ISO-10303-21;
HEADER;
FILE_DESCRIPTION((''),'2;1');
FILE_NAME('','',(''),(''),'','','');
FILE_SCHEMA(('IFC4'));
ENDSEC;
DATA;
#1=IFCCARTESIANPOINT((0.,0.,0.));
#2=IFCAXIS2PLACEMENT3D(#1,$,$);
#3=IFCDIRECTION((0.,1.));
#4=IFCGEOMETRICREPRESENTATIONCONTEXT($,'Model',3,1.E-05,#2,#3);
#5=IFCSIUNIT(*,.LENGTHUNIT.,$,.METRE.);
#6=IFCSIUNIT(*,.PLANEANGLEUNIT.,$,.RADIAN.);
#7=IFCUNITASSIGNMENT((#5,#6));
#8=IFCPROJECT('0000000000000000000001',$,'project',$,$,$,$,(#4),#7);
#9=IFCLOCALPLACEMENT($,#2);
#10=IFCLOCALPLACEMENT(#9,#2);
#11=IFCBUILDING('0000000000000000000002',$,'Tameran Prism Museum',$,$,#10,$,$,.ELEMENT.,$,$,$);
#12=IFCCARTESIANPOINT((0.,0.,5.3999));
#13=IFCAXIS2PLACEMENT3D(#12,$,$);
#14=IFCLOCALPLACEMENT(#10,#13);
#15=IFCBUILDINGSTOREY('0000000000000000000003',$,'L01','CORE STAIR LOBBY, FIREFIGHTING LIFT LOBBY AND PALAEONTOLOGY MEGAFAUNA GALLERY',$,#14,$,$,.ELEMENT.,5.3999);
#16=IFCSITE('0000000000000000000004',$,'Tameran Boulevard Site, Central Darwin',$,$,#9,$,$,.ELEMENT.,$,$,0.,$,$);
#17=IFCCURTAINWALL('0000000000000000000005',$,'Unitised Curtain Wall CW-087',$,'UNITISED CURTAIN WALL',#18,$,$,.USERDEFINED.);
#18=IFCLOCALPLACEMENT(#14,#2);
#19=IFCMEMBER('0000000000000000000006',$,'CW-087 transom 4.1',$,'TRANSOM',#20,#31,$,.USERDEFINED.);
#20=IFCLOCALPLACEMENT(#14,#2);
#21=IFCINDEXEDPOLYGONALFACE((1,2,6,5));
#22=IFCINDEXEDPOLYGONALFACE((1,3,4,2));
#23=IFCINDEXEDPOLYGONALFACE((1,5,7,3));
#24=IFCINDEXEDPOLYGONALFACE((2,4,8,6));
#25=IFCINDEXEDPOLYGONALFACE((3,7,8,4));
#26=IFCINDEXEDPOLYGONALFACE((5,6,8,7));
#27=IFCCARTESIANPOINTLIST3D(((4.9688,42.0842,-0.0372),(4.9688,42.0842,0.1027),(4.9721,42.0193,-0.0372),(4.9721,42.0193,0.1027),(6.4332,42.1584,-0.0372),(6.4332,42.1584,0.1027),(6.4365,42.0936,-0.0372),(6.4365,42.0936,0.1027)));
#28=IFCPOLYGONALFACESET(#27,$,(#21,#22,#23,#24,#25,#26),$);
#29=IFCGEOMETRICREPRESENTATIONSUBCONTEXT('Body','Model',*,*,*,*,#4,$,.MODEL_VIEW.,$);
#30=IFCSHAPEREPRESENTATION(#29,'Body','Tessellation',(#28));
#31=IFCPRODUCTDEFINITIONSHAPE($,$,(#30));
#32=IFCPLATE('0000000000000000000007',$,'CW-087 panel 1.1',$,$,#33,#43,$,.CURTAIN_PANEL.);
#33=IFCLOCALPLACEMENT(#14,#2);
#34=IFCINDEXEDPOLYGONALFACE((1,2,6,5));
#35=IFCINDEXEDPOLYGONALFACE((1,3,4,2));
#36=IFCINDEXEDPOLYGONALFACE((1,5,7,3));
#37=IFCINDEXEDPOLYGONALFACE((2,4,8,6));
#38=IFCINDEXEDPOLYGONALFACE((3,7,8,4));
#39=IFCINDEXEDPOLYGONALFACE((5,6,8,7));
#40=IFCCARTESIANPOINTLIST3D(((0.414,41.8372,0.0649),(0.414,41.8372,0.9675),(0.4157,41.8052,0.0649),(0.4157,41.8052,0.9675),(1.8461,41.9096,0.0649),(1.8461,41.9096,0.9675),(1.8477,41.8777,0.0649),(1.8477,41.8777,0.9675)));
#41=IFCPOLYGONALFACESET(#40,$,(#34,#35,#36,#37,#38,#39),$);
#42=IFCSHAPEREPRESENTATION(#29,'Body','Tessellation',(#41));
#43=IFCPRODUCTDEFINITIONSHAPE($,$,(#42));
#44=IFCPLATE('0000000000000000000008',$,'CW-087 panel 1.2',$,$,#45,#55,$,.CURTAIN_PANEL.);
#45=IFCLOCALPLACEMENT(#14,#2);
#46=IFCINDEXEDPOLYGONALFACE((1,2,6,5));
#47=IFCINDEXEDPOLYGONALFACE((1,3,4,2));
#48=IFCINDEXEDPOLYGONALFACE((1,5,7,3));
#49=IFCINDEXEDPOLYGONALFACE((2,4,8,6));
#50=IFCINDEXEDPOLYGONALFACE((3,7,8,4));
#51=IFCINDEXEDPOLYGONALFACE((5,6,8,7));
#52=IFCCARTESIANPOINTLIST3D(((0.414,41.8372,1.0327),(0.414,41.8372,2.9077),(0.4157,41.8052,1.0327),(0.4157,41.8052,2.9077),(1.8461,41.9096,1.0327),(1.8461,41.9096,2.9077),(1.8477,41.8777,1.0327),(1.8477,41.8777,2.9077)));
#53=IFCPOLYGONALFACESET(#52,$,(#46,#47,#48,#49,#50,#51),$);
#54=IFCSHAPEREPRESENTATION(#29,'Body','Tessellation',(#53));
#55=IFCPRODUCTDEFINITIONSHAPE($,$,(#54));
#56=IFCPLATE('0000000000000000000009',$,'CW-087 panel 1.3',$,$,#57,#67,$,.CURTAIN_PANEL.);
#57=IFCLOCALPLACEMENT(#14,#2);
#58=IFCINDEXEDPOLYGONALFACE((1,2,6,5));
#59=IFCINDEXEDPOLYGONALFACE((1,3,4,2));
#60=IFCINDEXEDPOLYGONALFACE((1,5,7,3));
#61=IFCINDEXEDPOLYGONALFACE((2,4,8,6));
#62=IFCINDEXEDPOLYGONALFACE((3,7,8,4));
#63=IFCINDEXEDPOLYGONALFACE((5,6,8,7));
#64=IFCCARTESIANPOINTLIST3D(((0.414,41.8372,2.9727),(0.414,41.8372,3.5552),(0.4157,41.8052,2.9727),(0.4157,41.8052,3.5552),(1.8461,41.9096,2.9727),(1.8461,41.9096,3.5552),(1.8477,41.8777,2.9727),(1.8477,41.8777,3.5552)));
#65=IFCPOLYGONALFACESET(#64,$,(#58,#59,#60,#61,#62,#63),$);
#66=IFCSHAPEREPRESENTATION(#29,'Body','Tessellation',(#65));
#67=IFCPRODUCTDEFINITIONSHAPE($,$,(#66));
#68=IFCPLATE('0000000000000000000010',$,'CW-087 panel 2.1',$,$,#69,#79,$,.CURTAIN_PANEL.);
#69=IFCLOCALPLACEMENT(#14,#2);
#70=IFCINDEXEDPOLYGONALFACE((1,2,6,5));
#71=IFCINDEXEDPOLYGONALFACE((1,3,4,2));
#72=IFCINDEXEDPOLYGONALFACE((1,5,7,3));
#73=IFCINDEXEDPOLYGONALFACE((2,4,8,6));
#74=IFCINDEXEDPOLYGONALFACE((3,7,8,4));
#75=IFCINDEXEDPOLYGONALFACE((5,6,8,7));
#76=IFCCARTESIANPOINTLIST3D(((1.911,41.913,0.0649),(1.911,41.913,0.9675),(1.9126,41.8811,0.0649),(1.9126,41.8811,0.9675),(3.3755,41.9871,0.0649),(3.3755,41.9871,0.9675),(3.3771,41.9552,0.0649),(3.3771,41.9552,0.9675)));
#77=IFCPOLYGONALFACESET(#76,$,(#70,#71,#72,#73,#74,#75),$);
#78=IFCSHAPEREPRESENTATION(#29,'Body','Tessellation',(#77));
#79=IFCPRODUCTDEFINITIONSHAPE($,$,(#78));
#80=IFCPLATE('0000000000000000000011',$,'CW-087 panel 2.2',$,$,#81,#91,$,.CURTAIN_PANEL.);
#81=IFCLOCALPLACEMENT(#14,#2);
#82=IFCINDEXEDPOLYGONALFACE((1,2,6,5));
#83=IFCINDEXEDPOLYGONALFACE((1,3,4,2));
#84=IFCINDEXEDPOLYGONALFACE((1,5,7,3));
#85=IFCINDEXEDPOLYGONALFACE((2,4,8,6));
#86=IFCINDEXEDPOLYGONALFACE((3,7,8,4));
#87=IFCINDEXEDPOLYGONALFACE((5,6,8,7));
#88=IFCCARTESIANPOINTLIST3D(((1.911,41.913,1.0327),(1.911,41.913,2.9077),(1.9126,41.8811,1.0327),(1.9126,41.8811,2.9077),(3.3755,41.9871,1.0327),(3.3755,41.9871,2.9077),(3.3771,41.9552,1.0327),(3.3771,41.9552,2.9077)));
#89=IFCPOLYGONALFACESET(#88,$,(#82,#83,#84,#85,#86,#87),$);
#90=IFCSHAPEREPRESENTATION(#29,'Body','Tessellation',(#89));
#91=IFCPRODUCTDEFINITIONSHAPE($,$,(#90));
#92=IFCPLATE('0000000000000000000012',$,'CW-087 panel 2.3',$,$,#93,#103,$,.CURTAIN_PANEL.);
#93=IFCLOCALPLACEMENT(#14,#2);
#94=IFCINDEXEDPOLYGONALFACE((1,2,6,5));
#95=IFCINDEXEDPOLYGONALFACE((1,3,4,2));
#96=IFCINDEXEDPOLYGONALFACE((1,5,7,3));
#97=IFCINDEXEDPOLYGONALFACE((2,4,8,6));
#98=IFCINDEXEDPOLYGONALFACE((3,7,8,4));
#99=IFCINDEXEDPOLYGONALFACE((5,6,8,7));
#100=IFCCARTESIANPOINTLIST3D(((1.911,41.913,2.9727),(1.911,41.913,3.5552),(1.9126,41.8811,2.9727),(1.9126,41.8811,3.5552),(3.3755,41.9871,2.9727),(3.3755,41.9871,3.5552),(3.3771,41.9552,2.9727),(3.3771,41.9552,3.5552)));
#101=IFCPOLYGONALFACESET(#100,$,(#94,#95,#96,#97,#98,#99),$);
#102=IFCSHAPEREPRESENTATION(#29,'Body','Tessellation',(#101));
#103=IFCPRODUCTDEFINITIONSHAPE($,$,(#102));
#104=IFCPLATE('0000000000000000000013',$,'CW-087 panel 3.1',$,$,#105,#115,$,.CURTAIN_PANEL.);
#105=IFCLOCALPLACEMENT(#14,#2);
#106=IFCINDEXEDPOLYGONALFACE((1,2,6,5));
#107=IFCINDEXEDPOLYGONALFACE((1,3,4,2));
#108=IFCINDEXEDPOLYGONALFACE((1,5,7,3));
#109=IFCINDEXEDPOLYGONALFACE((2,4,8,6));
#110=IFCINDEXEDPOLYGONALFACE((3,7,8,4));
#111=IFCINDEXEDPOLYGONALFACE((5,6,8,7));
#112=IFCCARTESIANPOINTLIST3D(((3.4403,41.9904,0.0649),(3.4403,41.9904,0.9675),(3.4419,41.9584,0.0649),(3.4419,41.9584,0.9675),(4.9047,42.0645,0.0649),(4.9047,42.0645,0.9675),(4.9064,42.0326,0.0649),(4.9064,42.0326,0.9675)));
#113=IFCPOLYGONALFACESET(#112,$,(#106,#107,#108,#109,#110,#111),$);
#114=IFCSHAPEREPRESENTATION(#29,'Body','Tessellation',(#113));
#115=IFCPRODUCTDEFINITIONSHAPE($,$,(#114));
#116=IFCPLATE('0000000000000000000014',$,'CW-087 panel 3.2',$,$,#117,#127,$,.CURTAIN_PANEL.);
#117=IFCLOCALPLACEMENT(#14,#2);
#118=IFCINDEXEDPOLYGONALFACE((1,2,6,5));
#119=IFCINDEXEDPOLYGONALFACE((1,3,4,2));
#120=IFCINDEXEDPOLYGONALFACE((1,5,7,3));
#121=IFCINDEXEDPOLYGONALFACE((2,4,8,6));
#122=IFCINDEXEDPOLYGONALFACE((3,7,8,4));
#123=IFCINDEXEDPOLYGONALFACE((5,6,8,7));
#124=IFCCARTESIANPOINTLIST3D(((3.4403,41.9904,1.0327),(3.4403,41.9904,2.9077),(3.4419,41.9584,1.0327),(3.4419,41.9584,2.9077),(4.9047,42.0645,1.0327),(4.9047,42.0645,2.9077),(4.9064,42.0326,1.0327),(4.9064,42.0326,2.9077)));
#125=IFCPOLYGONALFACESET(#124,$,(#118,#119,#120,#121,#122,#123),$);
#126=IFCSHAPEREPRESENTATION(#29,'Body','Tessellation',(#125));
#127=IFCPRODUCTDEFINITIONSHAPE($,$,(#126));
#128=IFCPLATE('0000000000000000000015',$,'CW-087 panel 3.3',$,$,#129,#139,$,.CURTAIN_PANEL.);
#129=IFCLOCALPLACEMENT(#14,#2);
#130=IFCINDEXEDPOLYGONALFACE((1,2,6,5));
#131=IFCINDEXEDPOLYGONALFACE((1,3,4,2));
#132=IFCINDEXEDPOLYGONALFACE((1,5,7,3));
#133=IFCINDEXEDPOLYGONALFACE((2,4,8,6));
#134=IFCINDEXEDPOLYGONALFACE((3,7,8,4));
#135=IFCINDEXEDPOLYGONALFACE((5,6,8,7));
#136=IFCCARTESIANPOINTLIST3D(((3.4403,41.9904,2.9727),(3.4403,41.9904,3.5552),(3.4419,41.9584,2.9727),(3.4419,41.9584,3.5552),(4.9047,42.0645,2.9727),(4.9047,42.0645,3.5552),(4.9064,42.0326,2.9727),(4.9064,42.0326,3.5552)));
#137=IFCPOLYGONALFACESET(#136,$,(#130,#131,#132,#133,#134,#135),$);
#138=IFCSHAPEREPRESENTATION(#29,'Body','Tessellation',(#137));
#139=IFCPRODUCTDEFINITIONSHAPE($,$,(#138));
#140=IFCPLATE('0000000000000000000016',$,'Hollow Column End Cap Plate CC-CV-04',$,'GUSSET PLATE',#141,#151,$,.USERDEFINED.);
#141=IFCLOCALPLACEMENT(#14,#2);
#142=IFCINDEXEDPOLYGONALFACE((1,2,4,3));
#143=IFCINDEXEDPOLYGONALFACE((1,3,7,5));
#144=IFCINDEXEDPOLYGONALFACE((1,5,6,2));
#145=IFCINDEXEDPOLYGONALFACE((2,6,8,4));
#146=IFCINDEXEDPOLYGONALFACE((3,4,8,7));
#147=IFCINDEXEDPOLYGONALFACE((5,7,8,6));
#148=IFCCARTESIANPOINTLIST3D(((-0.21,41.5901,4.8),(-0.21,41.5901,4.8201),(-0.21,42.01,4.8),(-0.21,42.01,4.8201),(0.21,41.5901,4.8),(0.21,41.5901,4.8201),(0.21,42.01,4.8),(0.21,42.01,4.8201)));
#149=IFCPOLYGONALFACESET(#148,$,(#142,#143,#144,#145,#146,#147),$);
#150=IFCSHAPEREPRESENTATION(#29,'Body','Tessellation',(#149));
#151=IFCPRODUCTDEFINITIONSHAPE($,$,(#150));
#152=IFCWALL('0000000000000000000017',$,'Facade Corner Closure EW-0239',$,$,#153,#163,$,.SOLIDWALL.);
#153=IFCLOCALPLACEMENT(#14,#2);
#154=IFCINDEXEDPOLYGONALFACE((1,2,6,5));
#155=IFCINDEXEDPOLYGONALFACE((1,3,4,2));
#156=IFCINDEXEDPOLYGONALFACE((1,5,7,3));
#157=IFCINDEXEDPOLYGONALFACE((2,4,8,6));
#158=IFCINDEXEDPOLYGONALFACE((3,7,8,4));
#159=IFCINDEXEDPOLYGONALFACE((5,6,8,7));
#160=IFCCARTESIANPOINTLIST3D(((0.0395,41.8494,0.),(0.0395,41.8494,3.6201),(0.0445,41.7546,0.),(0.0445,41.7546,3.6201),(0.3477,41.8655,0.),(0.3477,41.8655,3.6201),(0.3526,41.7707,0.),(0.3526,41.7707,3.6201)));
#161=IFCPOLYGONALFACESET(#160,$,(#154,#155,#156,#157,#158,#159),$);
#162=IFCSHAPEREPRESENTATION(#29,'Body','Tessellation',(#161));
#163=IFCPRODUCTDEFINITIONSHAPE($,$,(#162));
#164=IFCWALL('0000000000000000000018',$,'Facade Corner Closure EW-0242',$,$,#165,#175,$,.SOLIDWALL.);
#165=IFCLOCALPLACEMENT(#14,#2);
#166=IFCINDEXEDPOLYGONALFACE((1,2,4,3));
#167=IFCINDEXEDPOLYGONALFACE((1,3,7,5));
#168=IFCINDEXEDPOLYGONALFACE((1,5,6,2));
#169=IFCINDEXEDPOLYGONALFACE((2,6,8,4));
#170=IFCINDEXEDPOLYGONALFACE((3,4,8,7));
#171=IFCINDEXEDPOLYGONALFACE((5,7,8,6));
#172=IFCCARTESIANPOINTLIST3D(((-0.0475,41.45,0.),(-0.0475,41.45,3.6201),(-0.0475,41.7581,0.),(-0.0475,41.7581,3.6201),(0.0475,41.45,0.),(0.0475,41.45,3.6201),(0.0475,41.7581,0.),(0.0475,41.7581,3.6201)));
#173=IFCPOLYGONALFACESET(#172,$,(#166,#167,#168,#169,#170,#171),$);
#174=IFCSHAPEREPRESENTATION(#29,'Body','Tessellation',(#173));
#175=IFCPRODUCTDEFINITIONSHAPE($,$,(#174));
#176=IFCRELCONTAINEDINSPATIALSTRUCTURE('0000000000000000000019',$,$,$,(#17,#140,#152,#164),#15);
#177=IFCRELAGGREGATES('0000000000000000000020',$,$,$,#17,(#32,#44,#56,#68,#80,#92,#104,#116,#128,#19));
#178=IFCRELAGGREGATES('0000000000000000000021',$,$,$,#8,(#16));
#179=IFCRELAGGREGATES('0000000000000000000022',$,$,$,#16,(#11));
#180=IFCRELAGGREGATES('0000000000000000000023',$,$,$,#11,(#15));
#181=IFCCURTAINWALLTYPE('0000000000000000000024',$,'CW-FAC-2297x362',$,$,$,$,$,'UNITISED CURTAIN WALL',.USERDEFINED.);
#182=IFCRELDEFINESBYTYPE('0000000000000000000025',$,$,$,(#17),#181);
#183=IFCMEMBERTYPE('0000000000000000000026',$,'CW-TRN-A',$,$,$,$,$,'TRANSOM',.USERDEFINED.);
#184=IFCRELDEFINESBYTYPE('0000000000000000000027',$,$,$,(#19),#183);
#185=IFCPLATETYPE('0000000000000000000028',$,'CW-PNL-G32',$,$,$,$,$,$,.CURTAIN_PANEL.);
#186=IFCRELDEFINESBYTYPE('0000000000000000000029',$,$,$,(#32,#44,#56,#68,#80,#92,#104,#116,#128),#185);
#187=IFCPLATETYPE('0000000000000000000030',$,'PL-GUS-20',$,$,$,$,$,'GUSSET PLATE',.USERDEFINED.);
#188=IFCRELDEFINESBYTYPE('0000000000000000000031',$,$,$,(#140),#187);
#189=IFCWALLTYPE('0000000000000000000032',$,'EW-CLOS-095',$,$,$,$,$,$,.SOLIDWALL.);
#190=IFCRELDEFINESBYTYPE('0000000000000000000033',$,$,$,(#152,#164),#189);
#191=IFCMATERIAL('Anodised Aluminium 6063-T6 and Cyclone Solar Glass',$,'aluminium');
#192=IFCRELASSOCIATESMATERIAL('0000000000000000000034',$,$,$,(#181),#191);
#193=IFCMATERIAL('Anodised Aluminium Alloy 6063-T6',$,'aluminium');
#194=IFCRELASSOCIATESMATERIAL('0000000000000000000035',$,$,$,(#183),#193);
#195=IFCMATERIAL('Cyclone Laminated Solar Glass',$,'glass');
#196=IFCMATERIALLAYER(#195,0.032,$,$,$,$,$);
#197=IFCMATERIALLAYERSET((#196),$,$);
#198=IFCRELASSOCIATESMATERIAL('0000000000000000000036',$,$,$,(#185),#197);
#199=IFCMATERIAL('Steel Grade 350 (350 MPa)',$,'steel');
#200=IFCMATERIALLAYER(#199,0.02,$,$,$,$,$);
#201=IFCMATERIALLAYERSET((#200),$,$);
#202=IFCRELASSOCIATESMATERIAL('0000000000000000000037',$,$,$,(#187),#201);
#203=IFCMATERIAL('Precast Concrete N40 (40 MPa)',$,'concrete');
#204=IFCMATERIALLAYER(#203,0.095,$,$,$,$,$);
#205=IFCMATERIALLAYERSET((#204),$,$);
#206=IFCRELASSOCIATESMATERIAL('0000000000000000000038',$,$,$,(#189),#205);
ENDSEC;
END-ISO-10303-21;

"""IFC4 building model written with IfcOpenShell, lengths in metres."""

from ifc_helpers import new_model, si_unit, direction, frame, frame_2d, origin, origin_2d, place, context, subcontext, project, spatial, rectangle, extrude, material, layer, layer_set, material_profile, profile_set, type_object, element, aggregate, save


model = new_model("IFC4")

# Units and contexts
model_context = context("Model", 3, precision=1e-05, world=origin(), true_north=direction((0.0, 1.0)))
body_context = subcontext(model_context, "Body", "Model", "MODEL_VIEW")
ifc_project = project(units=[si_unit("LENGTHUNIT", "METRE"), si_unit("PLANEANGLEUNIT", "RADIAN")], contexts=[model_context])

# Site, building, storey
site_placement = place(None, origin())
site = spatial("IfcSite", under=ifc_project, at=site_placement, Name="Tameran Boulevard Site, Central Darwin", CompositionType="ELEMENT", RefElevation=0.0)
building_placement = place(site_placement, origin())
building = spatial("IfcBuilding", under=site, at=building_placement, Name="Tameran Prism Museum", CompositionType="ELEMENT")
storey_placement = place(building_placement, frame((0.0, 0.0, 5.3999)))
storey = spatial("IfcBuildingStorey", under=building, at=storey_placement, Name="L01", Description="CORE STAIR LOBBY, FIREFIGHTING LIFT LOBBY AND PALAEONTOLOGY MEGAFAUNA GALLERY", CompositionType="ELEMENT", Elevation=5.3999)

# Curtain wall
ifc_material_1 = material(Name="Anodised Aluminium 6063-T6 and Cyclone Solar Glass", Category="aluminium")
curtain_wall_type_1 = type_object("IfcCurtainWallType", Name="CW-FAC-2297x362", ElementType="UNITISED CURTAIN WALL", PredefinedType="USERDEFINED", material=ifc_material_1)
curtain_wall_1_placement = place(storey_placement, origin())
curtain_wall_1 = element("IfcCurtainWall", 1, at=curtain_wall_1_placement, inside=storey, type_object=curtain_wall_type_1, Name="Unitised Curtain Wall CW-087", ObjectType="UNITISED CURTAIN WALL", PredefinedType="USERDEFINED")

# Member
ifc_material_2 = material(Name="Anodised Aluminium Alloy 6063-T6", Category="aluminium")
ifc_material_profile_1 = material_profile(ifc_material_2, rectangle(XDim=0.0649, YDim=0.1399, at=origin_2d()))
ifc_profile_set_1 = profile_set([ifc_material_profile_1])
member_type_1 = type_object("IfcMemberType", Name="CW-TRN-A", ElementType="TRANSOM", PredefinedType="USERDEFINED", material=ifc_profile_set_1)
member_1_placement = place(storey_placement, frame((4.9705, 42.0518, 0.0327), z_axis=(0.998718, 0.050619, 0.0), x_axis=(-0.050619, 0.998718, 0.0)))
member_1 = element("IfcMember", 2, at=member_1_placement, type_object=member_type_1, Name="CW-087 transom 4.1", ObjectType="TRANSOM", PredefinedType="USERDEFINED", context=body_context, shape_type="SweptSolid", body=[
    extrude(rectangle(XDim=0.0649, YDim=0.1399, at=origin_2d()), origin(), (0.0, 0.0, 1.0), 1.4663),
])

# Plates
ifc_material_3 = material(Name="Cyclone Laminated Solar Glass", Category="glass")
ifc_layer_1 = layer(ifc_material_3, 0.032)
ifc_layer_set_1 = layer_set([ifc_layer_1])
plate_type_1 = type_object("IfcPlateType", Name="CW-PNL-G32", PredefinedType="CURTAIN_PANEL", material=ifc_layer_set_1)
plate_1_placement = place(storey_placement, frame((1.1309, 41.8574, 0.0649), z_axis=(0.0, 0.0, 1.0), x_axis=(0.998722, 0.050546, 0.0)))
plate_1 = element("IfcPlate", 3, at=plate_1_placement, type_object=plate_type_1, Name="CW-087 panel 1.1", PredefinedType="CURTAIN_PANEL", context=body_context, shape_type="SweptSolid", body=[
    extrude(rectangle(XDim=1.4338, YDim=0.032, at=origin_2d()), origin(), (0.0, 0.0, 1.0), 0.9026),
])
plate_2_placement = place(storey_placement, frame((1.1309, 41.8574, 1.0327), z_axis=(0.0, 0.0, 1.0), x_axis=(0.998722, 0.050546, 0.0)))
plate_2 = element("IfcPlate", 4, at=plate_2_placement, type_object=plate_type_1, Name="CW-087 panel 1.2", PredefinedType="CURTAIN_PANEL", context=body_context, shape_type="SweptSolid", body=[
    extrude(rectangle(XDim=1.4338, YDim=0.032, at=origin_2d()), origin(), (0.0, 0.0, 1.0), 1.875),
])
plate_3_placement = place(storey_placement, frame((1.1309, 41.8574, 2.9727), z_axis=(0.0, 0.0, 1.0), x_axis=(0.998722, 0.050546, 0.0)))
plate_3 = element("IfcPlate", 5, at=plate_3_placement, type_object=plate_type_1, Name="CW-087 panel 1.3", PredefinedType="CURTAIN_PANEL", context=body_context, shape_type="SweptSolid", body=[
    extrude(rectangle(XDim=1.4338, YDim=0.032, at=origin_2d()), origin(), (0.0, 0.0, 1.0), 0.5825),
])
plate_4_placement = place(storey_placement, frame((2.644, 41.9341, 0.0649), z_axis=(0.0, 0.0, 1.0), x_axis=(0.998722, 0.050546, 0.0)))
plate_4 = element("IfcPlate", 6, at=plate_4_placement, type_object=plate_type_1, Name="CW-087 panel 2.1", PredefinedType="CURTAIN_PANEL", context=body_context, shape_type="SweptSolid", body=[
    extrude(rectangle(XDim=1.4663, YDim=0.032, at=origin_2d()), origin(), (0.0, 0.0, 1.0), 0.9026),
])
plate_5_placement = place(storey_placement, frame((2.644, 41.9341, 1.0327), z_axis=(0.0, 0.0, 1.0), x_axis=(0.998722, 0.050546, 0.0)))
plate_5 = element("IfcPlate", 7, at=plate_5_placement, type_object=plate_type_1, Name="CW-087 panel 2.2", PredefinedType="CURTAIN_PANEL", context=body_context, shape_type="SweptSolid", body=[
    extrude(rectangle(XDim=1.4663, YDim=0.032, at=origin_2d()), origin(), (0.0, 0.0, 1.0), 1.875),
])
plate_6_placement = place(storey_placement, frame((2.644, 41.9341, 2.9727), z_axis=(0.0, 0.0, 1.0), x_axis=(0.998722, 0.050546, 0.0)))
plate_6 = element("IfcPlate", 8, at=plate_6_placement, type_object=plate_type_1, Name="CW-087 panel 2.3", PredefinedType="CURTAIN_PANEL", context=body_context, shape_type="SweptSolid", body=[
    extrude(rectangle(XDim=1.4663, YDim=0.032, at=origin_2d()), origin(), (0.0, 0.0, 1.0), 0.5825),
])
plate_7_placement = place(storey_placement, frame((4.1733, 42.0115, 0.0649), z_axis=(0.0, 0.0, 1.0), x_axis=(0.998722, 0.050546, 0.0)))
plate_7 = element("IfcPlate", 9, at=plate_7_placement, type_object=plate_type_1, Name="CW-087 panel 3.1", PredefinedType="CURTAIN_PANEL", context=body_context, shape_type="SweptSolid", body=[
    extrude(rectangle(XDim=1.4663, YDim=0.032, at=origin_2d()), origin(), (0.0, 0.0, 1.0), 0.9026),
])
plate_8_placement = place(storey_placement, frame((4.1733, 42.0115, 1.0327), z_axis=(0.0, 0.0, 1.0), x_axis=(0.998722, 0.050546, 0.0)))
plate_8 = element("IfcPlate", 10, at=plate_8_placement, type_object=plate_type_1, Name="CW-087 panel 3.2", PredefinedType="CURTAIN_PANEL", context=body_context, shape_type="SweptSolid", body=[
    extrude(rectangle(XDim=1.4663, YDim=0.032, at=origin_2d()), origin(), (0.0, 0.0, 1.0), 1.875),
])
plate_9_placement = place(storey_placement, frame((4.1733, 42.0115, 2.9727), z_axis=(0.0, 0.0, 1.0), x_axis=(0.998722, 0.050546, 0.0)))
plate_9 = element("IfcPlate", 11, at=plate_9_placement, type_object=plate_type_1, Name="CW-087 panel 3.3", PredefinedType="CURTAIN_PANEL", context=body_context, shape_type="SweptSolid", body=[
    extrude(rectangle(XDim=1.4663, YDim=0.032, at=origin_2d()), origin(), (0.0, 0.0, 1.0), 0.5825),
])
aggregate(curtain_wall_1, [plate_1, plate_2, plate_3, plate_4, plate_5, plate_6, plate_7, plate_8, plate_9, member_1])
ifc_material_4 = material(Name="Steel Grade 350 (350 MPa)", Category="steel")
ifc_layer_2 = layer(ifc_material_4, 0.02)
ifc_layer_set_2 = layer_set([ifc_layer_2])
plate_type_2 = type_object("IfcPlateType", Name="PL-GUS-20", ElementType="GUSSET PLATE", PredefinedType="USERDEFINED", material=ifc_layer_set_2)
plate_10_placement = place(storey_placement, frame((0.0, 41.8, 4.8), z_axis=(0.0, 0.0, 1.0), x_axis=(1.0, 0.0, 0.0)))
element("IfcPlate", 12, at=plate_10_placement, inside=storey, type_object=plate_type_2, Name="Hollow Column End Cap Plate CC-CV-04", ObjectType="GUSSET PLATE", PredefinedType="USERDEFINED", context=body_context, shape_type="SweptSolid", body=[
    extrude(rectangle(XDim=0.4199, YDim=0.4199, at=origin_2d()), origin(), (0.0, 0.0, 1.0), 0.02),
])

# Walls
ifc_material_5 = material(Name="Precast Concrete N40 (40 MPa)", Category="concrete")
ifc_layer_3 = layer(ifc_material_5, 0.095)
ifc_layer_set_3 = layer_set([ifc_layer_3])
wall_type = type_object("IfcWallType", Name="EW-CLOS-095", PredefinedType="SOLIDWALL", material=ifc_layer_set_3)
wall_1_placement = place(storey_placement, frame((0.042, 41.802, 0.0), z_axis=(0.0, 0.0, 1.0), x_axis=(0.998635, 0.052227, 0.0)))
element("IfcWall", 13, at=wall_1_placement, inside=storey, type_object=wall_type, Name="Facade Corner Closure EW-0239", PredefinedType="SOLIDWALL", context=body_context, shape_type="SweptSolid", body=[
    extrude(rectangle(XDim=0.3086, YDim=0.095, at=frame_2d((0.1543, 0.0))), origin(), (0.0, 0.0, 1.0), 3.6201),
])
wall_2_placement = place(storey_placement, frame((0.0, 41.45, 0.0), z_axis=(0.0, 0.0, 1.0), x_axis=(0.0, 1.0, 0.0)))
element("IfcWall", 14, at=wall_2_placement, inside=storey, type_object=wall_type, Name="Facade Corner Closure EW-0242", PredefinedType="SOLIDWALL", context=body_context, shape_type="SweptSolid", body=[
    extrude(rectangle(XDim=0.3081, YDim=0.095, at=frame_2d((0.1541, 0.0))), origin(), (0.0, 0.0, 1.0), 3.6201),
])

save(model, "model.ifc")
